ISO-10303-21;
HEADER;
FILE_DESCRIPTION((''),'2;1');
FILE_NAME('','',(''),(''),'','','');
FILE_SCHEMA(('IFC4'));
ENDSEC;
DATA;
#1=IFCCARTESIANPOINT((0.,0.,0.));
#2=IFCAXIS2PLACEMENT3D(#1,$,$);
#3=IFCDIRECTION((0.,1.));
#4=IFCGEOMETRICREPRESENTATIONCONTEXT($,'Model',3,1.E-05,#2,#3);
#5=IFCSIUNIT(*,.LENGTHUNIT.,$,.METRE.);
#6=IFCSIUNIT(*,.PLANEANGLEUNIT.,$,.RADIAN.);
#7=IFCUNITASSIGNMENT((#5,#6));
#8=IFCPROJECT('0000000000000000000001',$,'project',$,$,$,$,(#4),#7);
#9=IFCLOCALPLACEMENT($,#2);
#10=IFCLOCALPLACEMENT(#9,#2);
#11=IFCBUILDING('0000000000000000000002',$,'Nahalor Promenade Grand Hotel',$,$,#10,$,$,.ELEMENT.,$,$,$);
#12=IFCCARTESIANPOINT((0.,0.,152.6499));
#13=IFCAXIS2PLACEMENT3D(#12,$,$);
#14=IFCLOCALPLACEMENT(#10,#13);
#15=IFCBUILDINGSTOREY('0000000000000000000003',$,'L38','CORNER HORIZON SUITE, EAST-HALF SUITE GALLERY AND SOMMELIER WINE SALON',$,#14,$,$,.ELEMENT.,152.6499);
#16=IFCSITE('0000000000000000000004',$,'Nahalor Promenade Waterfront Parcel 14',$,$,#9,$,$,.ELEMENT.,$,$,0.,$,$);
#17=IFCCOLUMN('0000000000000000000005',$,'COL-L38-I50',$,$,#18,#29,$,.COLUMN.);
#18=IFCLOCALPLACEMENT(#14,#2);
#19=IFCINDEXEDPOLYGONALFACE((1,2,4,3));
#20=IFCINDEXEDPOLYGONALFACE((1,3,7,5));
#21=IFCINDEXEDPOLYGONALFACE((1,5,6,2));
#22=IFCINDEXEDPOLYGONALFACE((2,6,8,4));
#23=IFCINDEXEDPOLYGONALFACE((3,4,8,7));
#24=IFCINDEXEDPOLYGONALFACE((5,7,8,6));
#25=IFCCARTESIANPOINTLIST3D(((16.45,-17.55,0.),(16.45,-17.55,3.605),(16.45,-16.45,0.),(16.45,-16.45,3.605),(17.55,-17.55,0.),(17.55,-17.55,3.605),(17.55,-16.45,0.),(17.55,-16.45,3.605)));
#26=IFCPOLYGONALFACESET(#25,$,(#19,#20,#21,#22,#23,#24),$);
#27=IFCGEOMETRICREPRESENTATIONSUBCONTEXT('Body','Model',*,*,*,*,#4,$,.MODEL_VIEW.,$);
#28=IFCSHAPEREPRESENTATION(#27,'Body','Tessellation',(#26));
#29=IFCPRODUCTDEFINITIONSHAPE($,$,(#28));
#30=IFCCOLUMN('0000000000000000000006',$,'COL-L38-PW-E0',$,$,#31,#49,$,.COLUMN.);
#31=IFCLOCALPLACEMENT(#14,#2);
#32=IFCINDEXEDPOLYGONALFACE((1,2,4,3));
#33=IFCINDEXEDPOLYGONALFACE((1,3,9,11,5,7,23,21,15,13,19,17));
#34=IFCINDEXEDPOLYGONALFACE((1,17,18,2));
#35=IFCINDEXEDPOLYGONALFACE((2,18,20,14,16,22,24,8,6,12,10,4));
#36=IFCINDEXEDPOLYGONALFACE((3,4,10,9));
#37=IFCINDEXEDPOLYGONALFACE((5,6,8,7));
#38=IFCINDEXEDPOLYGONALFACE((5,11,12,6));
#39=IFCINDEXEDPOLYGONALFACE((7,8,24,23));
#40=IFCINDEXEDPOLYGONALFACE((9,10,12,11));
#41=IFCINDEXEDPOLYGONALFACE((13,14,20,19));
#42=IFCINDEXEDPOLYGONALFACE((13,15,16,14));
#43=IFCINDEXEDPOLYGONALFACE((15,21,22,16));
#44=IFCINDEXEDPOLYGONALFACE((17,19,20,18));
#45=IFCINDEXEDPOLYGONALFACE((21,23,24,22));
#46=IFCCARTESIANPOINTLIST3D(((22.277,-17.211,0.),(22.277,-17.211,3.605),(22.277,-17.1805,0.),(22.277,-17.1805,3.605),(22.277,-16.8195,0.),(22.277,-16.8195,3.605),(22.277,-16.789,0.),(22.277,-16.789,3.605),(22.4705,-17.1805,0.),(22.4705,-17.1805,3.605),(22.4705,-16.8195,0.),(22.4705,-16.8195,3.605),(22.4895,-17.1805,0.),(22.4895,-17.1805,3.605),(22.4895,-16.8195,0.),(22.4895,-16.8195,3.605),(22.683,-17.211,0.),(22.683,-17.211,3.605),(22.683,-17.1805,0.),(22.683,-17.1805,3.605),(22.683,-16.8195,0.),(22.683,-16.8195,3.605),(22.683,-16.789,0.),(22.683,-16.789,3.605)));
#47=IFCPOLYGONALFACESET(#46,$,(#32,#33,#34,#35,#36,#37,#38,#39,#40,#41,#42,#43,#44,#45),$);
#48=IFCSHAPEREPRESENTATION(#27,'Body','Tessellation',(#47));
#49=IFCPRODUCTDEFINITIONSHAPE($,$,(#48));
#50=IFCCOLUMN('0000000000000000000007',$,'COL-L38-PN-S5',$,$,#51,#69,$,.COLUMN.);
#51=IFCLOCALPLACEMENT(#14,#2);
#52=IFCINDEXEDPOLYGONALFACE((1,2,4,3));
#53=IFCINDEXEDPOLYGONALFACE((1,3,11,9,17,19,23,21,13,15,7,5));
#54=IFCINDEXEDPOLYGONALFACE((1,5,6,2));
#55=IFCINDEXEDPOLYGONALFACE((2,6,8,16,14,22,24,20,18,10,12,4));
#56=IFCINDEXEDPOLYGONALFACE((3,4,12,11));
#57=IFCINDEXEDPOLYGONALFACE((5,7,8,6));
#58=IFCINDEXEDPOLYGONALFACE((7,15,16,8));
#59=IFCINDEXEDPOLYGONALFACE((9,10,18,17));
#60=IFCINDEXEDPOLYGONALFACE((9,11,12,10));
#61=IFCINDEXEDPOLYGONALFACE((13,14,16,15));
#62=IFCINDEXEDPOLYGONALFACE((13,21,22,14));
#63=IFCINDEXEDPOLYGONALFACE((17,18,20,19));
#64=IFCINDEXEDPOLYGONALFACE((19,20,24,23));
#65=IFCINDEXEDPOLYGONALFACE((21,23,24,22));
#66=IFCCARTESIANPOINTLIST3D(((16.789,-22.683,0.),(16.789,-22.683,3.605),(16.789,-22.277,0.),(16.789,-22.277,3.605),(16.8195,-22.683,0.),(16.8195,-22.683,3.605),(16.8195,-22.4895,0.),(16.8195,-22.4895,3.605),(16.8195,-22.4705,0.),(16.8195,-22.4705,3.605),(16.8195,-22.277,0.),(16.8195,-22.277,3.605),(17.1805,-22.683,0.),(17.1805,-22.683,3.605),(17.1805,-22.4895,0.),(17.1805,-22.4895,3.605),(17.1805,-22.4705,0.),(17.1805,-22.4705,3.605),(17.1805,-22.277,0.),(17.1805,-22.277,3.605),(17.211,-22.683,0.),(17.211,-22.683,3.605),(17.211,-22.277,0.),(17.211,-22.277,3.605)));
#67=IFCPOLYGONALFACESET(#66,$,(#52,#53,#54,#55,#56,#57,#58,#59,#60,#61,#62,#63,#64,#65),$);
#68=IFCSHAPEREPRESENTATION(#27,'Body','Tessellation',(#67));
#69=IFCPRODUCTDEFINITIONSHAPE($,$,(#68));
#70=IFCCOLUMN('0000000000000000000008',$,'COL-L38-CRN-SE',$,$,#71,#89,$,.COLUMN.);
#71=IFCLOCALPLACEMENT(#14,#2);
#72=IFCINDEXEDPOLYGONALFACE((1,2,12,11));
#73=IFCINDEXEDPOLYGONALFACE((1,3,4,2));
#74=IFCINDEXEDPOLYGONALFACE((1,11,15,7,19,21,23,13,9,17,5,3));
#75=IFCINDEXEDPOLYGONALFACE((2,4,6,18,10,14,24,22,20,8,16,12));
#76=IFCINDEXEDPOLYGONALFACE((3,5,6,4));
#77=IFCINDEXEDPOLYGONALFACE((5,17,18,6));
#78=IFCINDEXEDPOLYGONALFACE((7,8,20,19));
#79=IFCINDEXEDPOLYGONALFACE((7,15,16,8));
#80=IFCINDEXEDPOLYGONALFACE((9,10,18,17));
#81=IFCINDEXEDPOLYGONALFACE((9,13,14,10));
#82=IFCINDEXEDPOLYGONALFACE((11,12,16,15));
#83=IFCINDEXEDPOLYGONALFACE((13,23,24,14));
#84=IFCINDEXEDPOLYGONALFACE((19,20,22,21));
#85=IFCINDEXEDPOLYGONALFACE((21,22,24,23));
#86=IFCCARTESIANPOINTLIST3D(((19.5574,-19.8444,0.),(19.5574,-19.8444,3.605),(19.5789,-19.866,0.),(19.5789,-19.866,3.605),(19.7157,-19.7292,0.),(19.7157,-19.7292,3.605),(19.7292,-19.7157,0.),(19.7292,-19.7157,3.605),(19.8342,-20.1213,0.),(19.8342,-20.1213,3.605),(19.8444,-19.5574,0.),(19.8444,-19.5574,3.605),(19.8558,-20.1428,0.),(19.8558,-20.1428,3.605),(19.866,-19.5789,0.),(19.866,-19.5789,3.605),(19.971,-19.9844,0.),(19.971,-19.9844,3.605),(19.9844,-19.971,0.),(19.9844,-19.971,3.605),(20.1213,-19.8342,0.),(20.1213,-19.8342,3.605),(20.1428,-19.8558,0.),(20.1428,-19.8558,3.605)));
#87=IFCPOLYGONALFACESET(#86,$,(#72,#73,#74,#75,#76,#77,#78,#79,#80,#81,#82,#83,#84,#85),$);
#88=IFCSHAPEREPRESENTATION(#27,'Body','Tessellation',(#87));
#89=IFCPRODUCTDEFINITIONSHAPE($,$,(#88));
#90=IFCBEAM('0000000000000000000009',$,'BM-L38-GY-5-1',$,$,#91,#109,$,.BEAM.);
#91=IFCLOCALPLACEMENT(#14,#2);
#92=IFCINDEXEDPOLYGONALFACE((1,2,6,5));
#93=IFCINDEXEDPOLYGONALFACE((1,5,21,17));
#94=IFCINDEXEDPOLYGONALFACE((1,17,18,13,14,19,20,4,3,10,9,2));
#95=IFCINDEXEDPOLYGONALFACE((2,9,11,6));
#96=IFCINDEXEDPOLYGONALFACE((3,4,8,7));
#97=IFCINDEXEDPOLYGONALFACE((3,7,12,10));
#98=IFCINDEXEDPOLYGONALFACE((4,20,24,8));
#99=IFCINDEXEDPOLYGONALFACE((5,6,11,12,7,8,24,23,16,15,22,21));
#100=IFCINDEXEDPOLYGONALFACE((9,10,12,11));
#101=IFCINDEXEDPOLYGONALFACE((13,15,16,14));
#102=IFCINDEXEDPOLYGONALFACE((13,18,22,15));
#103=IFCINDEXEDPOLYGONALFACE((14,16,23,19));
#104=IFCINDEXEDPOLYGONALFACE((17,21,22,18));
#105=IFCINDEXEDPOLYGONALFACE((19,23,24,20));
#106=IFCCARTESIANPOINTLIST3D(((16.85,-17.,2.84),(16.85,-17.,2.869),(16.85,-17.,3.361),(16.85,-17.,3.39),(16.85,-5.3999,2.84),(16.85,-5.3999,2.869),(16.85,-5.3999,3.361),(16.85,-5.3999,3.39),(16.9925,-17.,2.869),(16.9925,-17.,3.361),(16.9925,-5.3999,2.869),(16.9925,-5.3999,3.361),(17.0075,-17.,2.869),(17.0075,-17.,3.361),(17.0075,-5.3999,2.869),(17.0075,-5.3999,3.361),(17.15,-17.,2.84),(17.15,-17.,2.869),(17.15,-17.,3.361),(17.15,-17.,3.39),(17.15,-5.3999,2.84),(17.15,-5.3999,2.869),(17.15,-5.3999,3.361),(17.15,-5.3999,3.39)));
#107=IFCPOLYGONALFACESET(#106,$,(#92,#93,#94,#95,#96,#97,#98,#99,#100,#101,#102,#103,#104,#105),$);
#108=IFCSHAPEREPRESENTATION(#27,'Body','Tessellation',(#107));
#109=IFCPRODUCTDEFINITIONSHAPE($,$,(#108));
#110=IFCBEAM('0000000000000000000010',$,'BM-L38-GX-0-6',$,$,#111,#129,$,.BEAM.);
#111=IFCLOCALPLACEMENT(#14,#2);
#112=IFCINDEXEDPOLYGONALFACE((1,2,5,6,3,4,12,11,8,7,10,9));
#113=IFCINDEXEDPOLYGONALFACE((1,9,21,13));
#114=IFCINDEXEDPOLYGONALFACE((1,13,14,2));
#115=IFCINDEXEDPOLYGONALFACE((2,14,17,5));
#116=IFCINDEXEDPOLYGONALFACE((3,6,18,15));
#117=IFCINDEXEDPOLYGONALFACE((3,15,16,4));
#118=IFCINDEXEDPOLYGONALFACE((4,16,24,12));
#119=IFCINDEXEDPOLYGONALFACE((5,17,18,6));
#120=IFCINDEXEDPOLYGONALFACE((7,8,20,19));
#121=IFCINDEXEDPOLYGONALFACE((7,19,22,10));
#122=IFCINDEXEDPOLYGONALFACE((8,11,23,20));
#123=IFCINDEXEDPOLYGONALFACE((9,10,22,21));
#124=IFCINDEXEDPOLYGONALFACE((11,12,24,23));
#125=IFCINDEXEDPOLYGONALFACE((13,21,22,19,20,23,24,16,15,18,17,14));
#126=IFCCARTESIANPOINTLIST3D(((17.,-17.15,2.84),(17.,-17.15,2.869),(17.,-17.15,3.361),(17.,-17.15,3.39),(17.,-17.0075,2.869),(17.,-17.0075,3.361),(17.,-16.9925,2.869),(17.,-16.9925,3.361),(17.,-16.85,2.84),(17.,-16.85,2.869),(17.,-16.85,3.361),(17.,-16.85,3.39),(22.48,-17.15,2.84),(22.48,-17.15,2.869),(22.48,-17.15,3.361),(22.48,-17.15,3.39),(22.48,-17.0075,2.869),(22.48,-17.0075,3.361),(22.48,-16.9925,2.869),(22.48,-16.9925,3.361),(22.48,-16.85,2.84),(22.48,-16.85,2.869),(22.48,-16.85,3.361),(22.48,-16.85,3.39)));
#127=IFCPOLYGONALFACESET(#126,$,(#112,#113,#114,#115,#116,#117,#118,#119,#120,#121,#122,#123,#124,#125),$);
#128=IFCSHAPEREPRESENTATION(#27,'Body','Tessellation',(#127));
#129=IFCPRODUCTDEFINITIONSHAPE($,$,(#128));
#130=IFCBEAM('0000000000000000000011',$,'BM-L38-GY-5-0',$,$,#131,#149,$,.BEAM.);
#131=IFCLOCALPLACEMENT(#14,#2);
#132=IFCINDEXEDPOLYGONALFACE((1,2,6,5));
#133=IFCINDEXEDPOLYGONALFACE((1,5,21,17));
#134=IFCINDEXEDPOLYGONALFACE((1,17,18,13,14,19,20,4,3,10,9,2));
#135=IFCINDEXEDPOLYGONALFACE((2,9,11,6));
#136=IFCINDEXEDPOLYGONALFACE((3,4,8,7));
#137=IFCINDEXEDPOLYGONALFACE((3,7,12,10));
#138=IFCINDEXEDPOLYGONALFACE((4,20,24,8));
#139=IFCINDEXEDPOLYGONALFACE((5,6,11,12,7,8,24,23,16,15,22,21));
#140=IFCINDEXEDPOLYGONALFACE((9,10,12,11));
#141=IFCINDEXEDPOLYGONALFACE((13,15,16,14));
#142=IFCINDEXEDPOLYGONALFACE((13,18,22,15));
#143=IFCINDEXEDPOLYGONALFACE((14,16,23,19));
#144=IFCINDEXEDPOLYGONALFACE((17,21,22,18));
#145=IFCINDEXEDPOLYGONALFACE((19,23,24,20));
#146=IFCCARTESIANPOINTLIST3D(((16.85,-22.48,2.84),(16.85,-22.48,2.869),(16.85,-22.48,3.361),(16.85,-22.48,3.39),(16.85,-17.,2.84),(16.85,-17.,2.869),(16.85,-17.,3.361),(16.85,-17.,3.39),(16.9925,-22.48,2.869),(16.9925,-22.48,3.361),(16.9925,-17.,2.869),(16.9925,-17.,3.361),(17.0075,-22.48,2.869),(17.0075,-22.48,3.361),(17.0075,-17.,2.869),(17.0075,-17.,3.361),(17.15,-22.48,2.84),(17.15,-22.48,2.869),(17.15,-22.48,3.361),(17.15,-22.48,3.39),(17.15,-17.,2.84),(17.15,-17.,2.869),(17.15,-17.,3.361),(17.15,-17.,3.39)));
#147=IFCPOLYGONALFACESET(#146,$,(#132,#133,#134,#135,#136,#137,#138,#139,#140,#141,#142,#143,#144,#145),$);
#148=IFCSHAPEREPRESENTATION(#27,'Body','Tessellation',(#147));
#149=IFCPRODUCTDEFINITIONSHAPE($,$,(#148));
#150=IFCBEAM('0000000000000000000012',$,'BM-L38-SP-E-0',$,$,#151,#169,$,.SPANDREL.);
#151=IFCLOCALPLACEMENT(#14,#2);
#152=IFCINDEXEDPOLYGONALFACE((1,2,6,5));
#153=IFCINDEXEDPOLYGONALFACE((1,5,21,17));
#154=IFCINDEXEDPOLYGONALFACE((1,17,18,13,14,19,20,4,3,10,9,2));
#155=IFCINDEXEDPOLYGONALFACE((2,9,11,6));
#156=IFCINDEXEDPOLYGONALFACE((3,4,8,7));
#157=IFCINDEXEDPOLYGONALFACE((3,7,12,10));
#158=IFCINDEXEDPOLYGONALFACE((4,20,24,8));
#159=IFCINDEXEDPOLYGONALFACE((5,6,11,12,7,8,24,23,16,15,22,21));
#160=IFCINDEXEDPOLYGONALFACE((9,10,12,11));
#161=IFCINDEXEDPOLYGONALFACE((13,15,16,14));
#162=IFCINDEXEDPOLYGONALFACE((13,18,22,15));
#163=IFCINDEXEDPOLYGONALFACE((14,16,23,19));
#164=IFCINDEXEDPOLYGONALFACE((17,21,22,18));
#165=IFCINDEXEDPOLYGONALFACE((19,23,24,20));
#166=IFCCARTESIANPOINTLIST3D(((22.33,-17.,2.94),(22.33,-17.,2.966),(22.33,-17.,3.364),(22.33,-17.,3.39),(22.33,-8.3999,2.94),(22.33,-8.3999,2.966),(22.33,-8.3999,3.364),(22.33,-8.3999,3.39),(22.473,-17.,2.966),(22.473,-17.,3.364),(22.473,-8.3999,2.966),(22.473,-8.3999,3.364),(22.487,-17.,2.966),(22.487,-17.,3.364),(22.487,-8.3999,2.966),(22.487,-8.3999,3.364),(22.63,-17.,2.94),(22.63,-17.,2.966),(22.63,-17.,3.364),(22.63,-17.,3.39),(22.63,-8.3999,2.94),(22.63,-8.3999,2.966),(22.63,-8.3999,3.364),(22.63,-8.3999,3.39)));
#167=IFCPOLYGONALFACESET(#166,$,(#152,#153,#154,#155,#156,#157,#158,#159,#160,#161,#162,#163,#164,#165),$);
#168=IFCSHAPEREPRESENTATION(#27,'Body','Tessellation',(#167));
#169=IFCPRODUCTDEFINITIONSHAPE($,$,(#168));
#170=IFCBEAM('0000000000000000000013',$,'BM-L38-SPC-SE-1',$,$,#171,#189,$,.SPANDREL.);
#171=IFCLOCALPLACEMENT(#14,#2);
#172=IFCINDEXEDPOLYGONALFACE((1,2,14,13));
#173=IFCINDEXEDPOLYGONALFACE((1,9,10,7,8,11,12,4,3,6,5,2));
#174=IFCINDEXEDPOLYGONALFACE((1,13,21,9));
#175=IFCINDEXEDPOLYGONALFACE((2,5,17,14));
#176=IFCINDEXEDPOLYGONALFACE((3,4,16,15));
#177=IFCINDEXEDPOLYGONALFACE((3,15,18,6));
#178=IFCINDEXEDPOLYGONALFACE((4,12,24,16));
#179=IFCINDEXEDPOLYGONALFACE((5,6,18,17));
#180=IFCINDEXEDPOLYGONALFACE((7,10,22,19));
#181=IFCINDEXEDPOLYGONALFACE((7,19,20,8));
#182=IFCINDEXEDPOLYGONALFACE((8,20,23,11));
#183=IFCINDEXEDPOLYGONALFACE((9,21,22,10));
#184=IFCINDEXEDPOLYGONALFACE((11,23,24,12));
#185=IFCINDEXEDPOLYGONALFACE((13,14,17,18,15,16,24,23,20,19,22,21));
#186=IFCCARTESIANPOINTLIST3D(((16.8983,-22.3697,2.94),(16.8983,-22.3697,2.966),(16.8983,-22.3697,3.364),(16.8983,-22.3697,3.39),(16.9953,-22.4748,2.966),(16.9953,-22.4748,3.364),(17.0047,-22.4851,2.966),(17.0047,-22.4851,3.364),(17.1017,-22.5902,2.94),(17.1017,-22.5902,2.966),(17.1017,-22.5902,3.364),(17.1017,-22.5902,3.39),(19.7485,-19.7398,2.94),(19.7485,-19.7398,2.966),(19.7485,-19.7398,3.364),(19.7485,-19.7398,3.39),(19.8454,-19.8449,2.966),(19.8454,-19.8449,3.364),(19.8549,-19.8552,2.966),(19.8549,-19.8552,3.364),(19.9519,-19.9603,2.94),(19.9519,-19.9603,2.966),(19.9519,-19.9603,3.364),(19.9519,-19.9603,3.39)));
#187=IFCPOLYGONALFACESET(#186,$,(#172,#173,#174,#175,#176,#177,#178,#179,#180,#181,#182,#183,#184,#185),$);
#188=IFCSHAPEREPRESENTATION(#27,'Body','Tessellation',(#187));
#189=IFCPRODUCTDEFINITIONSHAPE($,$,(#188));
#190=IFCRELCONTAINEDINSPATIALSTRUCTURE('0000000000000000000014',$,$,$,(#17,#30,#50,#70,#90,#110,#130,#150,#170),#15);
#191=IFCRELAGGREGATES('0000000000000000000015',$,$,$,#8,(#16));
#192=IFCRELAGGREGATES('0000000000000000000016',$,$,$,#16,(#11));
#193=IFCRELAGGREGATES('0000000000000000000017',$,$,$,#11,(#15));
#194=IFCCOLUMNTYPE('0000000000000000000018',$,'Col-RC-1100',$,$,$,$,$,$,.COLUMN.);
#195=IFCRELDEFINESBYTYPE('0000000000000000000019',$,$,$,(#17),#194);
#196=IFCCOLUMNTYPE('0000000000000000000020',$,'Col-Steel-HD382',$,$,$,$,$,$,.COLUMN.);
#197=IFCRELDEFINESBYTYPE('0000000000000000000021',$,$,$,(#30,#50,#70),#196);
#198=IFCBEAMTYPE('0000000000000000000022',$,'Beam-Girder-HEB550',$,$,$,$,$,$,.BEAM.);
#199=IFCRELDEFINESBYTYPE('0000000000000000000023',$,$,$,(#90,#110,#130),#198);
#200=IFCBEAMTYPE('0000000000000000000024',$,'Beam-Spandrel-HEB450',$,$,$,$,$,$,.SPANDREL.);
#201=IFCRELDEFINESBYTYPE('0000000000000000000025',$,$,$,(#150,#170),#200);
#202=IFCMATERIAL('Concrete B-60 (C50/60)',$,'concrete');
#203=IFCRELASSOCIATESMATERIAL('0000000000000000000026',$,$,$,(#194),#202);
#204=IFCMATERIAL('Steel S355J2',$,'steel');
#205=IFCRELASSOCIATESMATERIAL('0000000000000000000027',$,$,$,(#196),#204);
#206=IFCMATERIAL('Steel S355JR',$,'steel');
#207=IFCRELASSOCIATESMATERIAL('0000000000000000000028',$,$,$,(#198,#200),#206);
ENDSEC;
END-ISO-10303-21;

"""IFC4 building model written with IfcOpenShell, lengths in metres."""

from ifc_helpers import new_model, si_unit, direction, frame, origin, origin_2d, place, context, subcontext, project, spatial, rectangle, i_section, extrude, source, transform, mapped, material, material_profile, profile_set, type_object, element, save


model = new_model("IFC4")

# Units and contexts
model_context = context("Model", 3, precision=1e-05, world=origin(), true_north=direction((0.0, 1.0)))
body_context = subcontext(model_context, "Body", "Model", "MODEL_VIEW")
ifc_project = project(units=[si_unit("LENGTHUNIT", "METRE"), si_unit("PLANEANGLEUNIT", "RADIAN")], contexts=[model_context])

# Site, building, storey
site_placement = place(None, origin())
site = spatial("IfcSite", under=ifc_project, at=site_placement, Name="Nahalor Promenade Waterfront Parcel 14", CompositionType="ELEMENT", RefElevation=0.0)
building_placement = place(site_placement, origin())
building = spatial("IfcBuilding", under=site, at=building_placement, Name="Nahalor Promenade Grand Hotel", CompositionType="ELEMENT")
storey_placement = place(building_placement, frame((0.0, 0.0, 152.6499)))
storey = spatial("IfcBuildingStorey", under=building, at=storey_placement, Name="L38", Description="CORNER HORIZON SUITE, EAST-HALF SUITE GALLERY AND SOMMELIER WINE SALON", CompositionType="ELEMENT", Elevation=152.6499)

# Columns
ifc_material_1 = material(Name="Concrete B-60 (C50/60)", Category="concrete")
ifc_material_profile_1 = material_profile(ifc_material_1, rectangle(XDim=1.1, YDim=1.1, at=origin_2d()), Name="RC 1100x1100")
ifc_profile_set_1 = profile_set([ifc_material_profile_1], Name="Concrete B-60 (C50/60)")
column_type_1 = type_object("IfcColumnType", Name="Col-RC-1100", PredefinedType="COLUMN", material=ifc_profile_set_1)
shared_shape_1 = source(origin(), body_context, "Body", "SweptSolid", [
    extrude(rectangle(XDim=1.1, YDim=1.1, at=origin_2d()), origin(), (0.0, 0.0, 1.0), 3.605),
])
column_placement = place(storey_placement, frame((17.0, -17.0, 0.0), z_axis=(0.0, 0.0, 1.0), x_axis=(1.0, 0.0, 0.0)))
element("IfcColumn", 1, at=column_placement, inside=storey, type_object=column_type_1, Name="COL-L38-I50", PredefinedType="COLUMN", context=body_context, shape_type="MappedRepresentation", body=[
    mapped(shared_shape_1, transform((0.0, 0.0, 0.0), scale=1.0)),
])
ifc_material_2 = material(Name="Steel S355J2", Category="steel")
ifc_material_profile_2 = material_profile(ifc_material_2, i_section(OverallWidth=0.406, OverallDepth=0.422, WebThickness=0.019, FlangeThickness=0.0305, at=origin_2d()), Name="HD 400x382")
ifc_profile_set_2 = profile_set([ifc_material_profile_2], Name="Steel S355J2")
column_type_2 = type_object("IfcColumnType", Name="Col-Steel-HD382", PredefinedType="COLUMN", material=ifc_profile_set_2)
shared_shape_2 = source(origin(), body_context, "Body", "SweptSolid", [
    extrude(i_section(OverallWidth=0.406, OverallDepth=0.422, WebThickness=0.019, FlangeThickness=0.0305, at=origin_2d()), origin(), (0.0, 0.0, 1.0), 3.605),
])
for number, where, z_axis, x_axis, name in (
    (2, (22.48, -17.0, 0.0), (0.0, 0.0, 1.0), (1.0, 0.0, 0.0), "COL-L38-PW-E0"),
    (3, (17.0, -22.48, 0.0), (0.0, 0.0, 1.0), (0.0, 1.0, 0.0), "COL-L38-PN-S5"),
    (4, (19.8501, -19.8501, 0.0), (0.0, 0.0, 1.0), (0.707107, 0.707107, 0.0), "COL-L38-CRN-SE"),
):
    element("IfcColumn", number, at=place(storey_placement, frame(where, z_axis=z_axis, x_axis=x_axis)), inside=storey, type_object=column_type_2, Name=name, PredefinedType="COLUMN", context=body_context, shape_type="MappedRepresentation", body=[
        mapped(shared_shape_2, transform((0.0, 0.0, 0.0), scale=1.0)),
    ])

# Beams
ifc_material_3 = material(Name="Steel S355JR", Category="steel")
ifc_material_profile_3 = material_profile(ifc_material_3, i_section(OverallWidth=0.3, OverallDepth=0.55, WebThickness=0.015, FlangeThickness=0.029, at=origin_2d()), Name="HEB 550")
ifc_profile_set_3 = profile_set([ifc_material_profile_3], Name="Steel S355JR")
beam_type_1 = type_object("IfcBeamType", Name="Beam-Girder-HEB550", PredefinedType="BEAM", material=ifc_profile_set_3)
shared_shape_3 = source(origin(), body_context, "Body", "SweptSolid", [
    extrude(i_section(OverallWidth=0.3, OverallDepth=0.55, WebThickness=0.015, FlangeThickness=0.029, at=origin_2d()), origin(), (0.0, 0.0, 1.0), 11.6001),
])
beam_1_placement = place(storey_placement, frame((17.0, -17.0, 3.115), z_axis=(0.0, 1.0, 0.0), x_axis=(-1.0, 0.0, 0.0)))
element("IfcBeam", 5, at=beam_1_placement, inside=storey, type_object=beam_type_1, Name="BM-L38-GY-5-1", PredefinedType="BEAM", context=body_context, shape_type="MappedRepresentation", body=[
    mapped(shared_shape_3, transform((0.0, 0.0, 0.0), scale=1.0)),
])
shared_shape_4 = source(origin(), body_context, "Body", "SweptSolid", [
    extrude(i_section(OverallWidth=0.3, OverallDepth=0.55, WebThickness=0.015, FlangeThickness=0.029, at=origin_2d()), origin(), (0.0, 0.0, 1.0), 5.48),
])
for number, where, z_axis, x_axis, name in (
    (6, (17.0, -17.0, 3.115), (1.0, 0.0, 0.0), (0.0, 1.0, 0.0), "BM-L38-GX-0-6"),
    (7, (17.0, -22.48, 3.115), (0.0, 1.0, 0.0), (-1.0, 0.0, 0.0), "BM-L38-GY-5-0"),
):
    element("IfcBeam", number, at=place(storey_placement, frame(where, z_axis=z_axis, x_axis=x_axis)), inside=storey, type_object=beam_type_1, Name=name, PredefinedType="BEAM", context=body_context, shape_type="MappedRepresentation", body=[
        mapped(shared_shape_4, transform((0.0, 0.0, 0.0), scale=1.0)),
    ])
ifc_material_profile_4 = material_profile(ifc_material_3, i_section(OverallWidth=0.3, OverallDepth=0.45, WebThickness=0.014, FlangeThickness=0.026, at=origin_2d()), Name="HEB 450")
ifc_profile_set_4 = profile_set([ifc_material_profile_4], Name="Steel S355JR")
beam_type_2 = type_object("IfcBeamType", Name="Beam-Spandrel-HEB450", PredefinedType="SPANDREL", material=ifc_profile_set_4)
shared_shape_5 = source(origin(), body_context, "Body", "SweptSolid", [
    extrude(i_section(OverallWidth=0.3, OverallDepth=0.45, WebThickness=0.014, FlangeThickness=0.026, at=origin_2d()), origin(), (0.0, 0.0, 1.0), 8.6001),
])
beam_2_placement = place(storey_placement, frame((22.48, -17.0, 3.165), z_axis=(0.0, 1.0, 0.0), x_axis=(-1.0, 0.0, 0.0)))
element("IfcBeam", 8, at=beam_2_placement, inside=storey, type_object=beam_type_2, Name="BM-L38-SP-E-0", PredefinedType="SPANDREL", context=body_context, shape_type="MappedRepresentation", body=[
    mapped(shared_shape_5, transform((0.0, 0.0, 0.0), scale=1.0)),
])
shared_shape_6 = source(origin(), body_context, "Body", "SweptSolid", [
    extrude(i_section(OverallWidth=0.3, OverallDepth=0.45, WebThickness=0.014, FlangeThickness=0.026, at=origin_2d()), origin(), (0.0, 0.0, 1.0), 3.8782),
])
for number, where, z_axis, x_axis, name in (
    (9, (17.0, -22.48, 3.165), (0.734929, 0.678144, 0.0), (-0.678144, 0.734929, 0.0), "BM-L38-SPC-SE-1"),
):
    element("IfcBeam", number, at=place(storey_placement, frame(where, z_axis=z_axis, x_axis=x_axis)), inside=storey, type_object=beam_type_2, Name=name, PredefinedType="SPANDREL", context=body_context, shape_type="MappedRepresentation", body=[
        mapped(shared_shape_6, transform((0.0, 0.0, 0.0), scale=1.0)),
    ])

save(model, "model.ifc")
